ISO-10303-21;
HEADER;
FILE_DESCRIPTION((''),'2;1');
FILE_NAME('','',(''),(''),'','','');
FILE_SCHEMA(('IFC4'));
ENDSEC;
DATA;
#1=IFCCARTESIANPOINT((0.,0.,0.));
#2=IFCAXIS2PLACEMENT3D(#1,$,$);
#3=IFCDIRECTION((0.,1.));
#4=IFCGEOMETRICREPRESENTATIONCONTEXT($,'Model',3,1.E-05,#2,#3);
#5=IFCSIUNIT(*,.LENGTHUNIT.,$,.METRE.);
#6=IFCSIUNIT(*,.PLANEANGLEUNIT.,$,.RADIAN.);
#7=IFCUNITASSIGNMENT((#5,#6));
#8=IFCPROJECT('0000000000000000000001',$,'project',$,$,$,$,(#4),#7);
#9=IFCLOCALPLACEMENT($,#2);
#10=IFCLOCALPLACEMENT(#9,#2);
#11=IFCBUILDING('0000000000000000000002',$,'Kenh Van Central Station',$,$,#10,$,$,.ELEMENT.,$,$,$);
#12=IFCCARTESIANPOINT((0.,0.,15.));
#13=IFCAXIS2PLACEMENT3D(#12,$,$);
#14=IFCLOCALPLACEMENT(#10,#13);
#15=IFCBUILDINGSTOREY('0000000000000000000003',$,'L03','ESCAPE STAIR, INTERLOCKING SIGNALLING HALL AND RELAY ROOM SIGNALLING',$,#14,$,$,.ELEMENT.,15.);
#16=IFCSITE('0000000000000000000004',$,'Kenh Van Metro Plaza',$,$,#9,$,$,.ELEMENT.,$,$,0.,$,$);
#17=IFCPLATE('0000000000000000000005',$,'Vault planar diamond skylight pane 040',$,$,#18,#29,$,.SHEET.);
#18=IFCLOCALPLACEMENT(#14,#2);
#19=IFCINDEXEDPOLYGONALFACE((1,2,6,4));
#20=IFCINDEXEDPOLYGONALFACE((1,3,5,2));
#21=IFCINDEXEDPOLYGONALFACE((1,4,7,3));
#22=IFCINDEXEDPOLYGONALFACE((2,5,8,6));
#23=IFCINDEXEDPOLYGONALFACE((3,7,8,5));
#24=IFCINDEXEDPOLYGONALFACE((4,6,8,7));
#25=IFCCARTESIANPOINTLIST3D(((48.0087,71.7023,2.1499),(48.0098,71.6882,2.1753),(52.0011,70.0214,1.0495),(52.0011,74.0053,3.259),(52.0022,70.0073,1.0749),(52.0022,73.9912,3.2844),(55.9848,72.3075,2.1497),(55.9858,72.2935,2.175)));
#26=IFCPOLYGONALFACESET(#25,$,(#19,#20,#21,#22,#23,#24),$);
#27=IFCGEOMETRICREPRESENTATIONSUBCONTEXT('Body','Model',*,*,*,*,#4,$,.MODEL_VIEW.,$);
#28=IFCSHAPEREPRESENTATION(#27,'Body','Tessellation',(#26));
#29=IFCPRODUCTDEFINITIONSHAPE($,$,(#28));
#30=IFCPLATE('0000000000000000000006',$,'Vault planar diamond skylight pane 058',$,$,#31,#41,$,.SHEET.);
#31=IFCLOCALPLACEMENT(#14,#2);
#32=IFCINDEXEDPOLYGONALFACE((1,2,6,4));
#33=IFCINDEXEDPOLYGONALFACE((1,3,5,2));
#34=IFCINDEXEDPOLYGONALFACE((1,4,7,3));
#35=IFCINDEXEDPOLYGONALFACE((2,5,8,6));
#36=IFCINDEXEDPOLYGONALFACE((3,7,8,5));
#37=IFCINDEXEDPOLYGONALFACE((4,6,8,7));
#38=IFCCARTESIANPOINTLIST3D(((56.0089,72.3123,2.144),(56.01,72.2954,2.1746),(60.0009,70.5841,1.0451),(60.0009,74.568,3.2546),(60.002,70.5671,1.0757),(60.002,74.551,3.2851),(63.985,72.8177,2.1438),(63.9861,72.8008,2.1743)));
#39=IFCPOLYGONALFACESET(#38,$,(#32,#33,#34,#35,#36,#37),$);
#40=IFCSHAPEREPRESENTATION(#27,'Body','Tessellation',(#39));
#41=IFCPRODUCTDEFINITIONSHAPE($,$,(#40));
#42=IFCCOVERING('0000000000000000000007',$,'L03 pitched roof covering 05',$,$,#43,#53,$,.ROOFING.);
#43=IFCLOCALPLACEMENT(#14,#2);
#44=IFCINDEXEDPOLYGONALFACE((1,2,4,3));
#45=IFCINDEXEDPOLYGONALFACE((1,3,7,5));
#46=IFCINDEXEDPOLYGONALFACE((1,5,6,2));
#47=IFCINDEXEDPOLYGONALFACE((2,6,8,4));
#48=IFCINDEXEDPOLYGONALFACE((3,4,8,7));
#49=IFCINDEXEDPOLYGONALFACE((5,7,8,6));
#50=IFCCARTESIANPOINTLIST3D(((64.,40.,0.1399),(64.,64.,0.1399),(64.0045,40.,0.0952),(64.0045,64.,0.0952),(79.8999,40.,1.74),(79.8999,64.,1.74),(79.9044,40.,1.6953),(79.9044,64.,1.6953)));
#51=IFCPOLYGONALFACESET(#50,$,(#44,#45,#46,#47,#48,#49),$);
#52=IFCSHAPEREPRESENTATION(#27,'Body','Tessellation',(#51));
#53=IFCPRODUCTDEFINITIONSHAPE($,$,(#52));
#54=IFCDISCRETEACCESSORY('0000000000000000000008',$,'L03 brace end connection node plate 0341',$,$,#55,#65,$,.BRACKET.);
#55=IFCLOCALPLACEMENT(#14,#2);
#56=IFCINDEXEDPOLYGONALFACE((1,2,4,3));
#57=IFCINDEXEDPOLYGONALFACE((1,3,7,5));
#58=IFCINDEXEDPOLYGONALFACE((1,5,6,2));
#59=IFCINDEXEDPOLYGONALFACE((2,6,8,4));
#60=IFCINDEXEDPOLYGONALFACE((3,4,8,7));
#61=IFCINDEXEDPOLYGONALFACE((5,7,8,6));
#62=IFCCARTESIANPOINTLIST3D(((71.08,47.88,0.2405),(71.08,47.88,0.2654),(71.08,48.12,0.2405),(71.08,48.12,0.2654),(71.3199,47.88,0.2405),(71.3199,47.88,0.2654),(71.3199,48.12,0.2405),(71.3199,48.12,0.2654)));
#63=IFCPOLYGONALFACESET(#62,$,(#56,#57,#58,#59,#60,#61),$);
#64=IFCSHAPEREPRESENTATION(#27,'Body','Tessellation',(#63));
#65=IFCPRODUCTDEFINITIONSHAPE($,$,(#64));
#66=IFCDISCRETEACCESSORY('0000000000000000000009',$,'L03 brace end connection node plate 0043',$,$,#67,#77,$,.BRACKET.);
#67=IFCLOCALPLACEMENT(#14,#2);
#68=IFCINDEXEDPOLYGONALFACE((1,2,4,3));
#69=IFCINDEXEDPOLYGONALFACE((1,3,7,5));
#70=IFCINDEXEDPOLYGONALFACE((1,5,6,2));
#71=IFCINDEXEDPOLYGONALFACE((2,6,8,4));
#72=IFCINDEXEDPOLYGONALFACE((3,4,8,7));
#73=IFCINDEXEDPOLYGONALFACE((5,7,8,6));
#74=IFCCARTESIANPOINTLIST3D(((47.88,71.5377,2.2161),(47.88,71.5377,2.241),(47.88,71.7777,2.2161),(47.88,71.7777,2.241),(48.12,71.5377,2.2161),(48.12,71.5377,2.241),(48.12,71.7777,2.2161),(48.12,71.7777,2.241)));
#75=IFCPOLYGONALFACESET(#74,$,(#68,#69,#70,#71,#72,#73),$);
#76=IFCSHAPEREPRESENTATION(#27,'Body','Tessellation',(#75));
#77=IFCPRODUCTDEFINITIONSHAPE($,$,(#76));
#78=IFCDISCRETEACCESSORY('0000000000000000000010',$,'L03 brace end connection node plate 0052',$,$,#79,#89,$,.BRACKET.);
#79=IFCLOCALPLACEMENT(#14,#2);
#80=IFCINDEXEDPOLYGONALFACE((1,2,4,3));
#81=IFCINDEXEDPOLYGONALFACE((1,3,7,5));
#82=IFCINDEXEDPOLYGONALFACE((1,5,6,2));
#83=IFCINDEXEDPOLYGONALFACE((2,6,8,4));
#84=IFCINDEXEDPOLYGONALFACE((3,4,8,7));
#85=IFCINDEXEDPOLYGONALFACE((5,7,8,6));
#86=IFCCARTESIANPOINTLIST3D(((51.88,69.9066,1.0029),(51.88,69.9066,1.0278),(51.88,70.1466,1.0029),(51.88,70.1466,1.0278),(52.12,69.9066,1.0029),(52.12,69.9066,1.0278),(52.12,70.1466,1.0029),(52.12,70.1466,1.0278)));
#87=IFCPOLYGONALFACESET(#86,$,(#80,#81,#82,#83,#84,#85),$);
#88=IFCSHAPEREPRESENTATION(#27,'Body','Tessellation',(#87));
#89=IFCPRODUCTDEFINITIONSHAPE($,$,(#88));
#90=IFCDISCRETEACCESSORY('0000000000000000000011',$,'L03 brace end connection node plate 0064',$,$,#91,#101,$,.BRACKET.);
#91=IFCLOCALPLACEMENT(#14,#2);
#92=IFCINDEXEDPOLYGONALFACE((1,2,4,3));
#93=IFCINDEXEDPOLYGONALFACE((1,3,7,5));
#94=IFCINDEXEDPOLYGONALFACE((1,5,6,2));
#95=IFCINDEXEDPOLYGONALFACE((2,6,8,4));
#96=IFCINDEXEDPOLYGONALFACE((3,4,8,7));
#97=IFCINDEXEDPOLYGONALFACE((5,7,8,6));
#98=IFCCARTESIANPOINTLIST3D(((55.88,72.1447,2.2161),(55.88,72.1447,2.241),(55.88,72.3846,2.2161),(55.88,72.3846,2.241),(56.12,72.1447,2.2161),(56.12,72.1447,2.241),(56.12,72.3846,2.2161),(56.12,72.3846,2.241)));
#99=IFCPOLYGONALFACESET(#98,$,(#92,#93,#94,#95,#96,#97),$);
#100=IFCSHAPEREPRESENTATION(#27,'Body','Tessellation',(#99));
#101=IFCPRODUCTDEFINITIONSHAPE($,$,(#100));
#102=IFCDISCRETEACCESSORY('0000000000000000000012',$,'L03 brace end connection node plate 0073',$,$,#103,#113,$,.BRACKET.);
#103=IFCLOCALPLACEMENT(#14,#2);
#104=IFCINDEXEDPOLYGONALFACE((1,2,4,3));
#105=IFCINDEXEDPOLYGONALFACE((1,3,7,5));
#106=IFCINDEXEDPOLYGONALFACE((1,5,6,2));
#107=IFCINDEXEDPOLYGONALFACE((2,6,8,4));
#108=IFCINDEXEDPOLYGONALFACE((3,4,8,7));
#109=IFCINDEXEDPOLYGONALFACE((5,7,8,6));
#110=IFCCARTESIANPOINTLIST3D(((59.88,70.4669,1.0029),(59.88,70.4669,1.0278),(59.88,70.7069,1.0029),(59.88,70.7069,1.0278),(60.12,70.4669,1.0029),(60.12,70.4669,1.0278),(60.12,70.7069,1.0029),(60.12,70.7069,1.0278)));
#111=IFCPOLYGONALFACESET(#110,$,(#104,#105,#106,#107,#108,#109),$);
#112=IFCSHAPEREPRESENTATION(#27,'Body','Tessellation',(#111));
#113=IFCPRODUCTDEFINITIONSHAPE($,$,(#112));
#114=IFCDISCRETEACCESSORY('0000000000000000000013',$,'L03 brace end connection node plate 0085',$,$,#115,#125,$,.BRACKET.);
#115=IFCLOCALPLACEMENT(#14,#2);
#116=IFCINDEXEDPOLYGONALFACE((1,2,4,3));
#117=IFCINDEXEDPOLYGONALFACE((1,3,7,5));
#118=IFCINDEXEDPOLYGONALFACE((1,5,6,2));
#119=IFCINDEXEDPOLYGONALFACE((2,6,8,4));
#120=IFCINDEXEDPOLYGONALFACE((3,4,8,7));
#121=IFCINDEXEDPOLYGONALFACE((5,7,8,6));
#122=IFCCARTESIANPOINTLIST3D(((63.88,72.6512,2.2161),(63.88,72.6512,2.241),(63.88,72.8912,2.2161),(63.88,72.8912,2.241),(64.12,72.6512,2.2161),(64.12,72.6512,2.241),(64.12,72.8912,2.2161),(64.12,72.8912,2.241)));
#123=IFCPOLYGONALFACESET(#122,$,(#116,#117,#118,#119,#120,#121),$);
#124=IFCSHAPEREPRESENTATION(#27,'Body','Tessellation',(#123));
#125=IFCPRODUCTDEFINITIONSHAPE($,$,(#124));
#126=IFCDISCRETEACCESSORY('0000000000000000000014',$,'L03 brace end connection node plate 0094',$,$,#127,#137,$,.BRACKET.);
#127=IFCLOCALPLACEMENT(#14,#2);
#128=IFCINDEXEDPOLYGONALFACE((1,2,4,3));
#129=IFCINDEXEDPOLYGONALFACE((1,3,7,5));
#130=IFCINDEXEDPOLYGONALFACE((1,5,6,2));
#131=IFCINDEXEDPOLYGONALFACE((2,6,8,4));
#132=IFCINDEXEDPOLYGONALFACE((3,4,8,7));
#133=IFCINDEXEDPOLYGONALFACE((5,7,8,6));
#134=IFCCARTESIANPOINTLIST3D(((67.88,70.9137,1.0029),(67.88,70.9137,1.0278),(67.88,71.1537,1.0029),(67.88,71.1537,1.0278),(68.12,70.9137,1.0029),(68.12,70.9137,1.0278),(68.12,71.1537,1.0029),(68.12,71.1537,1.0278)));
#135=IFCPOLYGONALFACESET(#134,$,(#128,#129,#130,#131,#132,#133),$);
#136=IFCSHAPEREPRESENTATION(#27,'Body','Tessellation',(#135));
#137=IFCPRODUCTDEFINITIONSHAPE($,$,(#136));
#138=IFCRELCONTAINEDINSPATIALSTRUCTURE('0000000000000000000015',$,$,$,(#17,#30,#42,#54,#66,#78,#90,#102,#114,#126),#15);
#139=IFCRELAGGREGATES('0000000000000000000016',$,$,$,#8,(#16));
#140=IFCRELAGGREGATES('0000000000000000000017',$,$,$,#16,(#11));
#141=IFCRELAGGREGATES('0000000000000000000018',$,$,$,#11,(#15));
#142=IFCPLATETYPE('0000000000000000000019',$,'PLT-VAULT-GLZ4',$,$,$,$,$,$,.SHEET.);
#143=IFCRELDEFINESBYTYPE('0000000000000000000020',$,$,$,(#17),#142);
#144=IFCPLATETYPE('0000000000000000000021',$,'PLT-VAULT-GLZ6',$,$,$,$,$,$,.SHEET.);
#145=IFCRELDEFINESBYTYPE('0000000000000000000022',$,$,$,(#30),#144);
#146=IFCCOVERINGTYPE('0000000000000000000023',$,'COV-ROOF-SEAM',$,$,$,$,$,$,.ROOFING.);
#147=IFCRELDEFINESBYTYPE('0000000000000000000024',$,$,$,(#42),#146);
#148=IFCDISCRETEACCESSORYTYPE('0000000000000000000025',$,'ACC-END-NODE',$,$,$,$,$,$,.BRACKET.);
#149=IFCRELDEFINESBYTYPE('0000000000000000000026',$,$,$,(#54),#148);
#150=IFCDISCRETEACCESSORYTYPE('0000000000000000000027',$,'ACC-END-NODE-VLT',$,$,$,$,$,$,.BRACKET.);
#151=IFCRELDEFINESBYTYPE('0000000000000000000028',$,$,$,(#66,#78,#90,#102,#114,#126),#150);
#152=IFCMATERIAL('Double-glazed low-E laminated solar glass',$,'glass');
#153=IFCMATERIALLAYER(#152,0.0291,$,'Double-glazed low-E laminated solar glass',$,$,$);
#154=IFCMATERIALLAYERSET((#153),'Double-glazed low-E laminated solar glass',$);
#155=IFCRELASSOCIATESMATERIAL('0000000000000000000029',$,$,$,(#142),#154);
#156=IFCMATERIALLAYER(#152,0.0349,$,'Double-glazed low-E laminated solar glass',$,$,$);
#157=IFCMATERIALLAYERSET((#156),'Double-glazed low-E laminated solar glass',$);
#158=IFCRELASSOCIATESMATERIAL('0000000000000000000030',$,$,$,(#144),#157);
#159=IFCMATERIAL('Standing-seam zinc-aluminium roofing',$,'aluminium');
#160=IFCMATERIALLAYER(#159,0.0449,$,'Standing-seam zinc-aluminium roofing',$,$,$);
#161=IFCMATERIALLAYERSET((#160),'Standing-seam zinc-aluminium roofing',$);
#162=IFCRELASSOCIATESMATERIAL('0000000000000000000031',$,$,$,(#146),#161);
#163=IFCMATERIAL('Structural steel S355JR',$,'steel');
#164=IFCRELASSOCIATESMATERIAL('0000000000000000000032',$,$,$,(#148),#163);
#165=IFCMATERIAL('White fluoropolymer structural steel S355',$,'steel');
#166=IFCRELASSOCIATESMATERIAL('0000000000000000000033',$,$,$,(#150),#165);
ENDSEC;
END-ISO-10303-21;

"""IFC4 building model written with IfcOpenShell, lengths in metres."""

from ifc_helpers import new_model, si_unit, direction, frame, origin, origin_2d, place, context, subcontext, project, spatial, polyline, rectangle, outline, extrude, material, layer, layer_set, type_object, element, save


model = new_model("IFC4")

# Units and contexts
model_context = context("Model", 3, precision=1e-05, world=origin(), true_north=direction((0.0, 1.0)))
body_context = subcontext(model_context, "Body", "Model", "MODEL_VIEW")
ifc_project = project(units=[si_unit("LENGTHUNIT", "METRE"), si_unit("PLANEANGLEUNIT", "RADIAN")], contexts=[model_context])

# Site, building, storey
site_placement = place(None, origin())
site = spatial("IfcSite", under=ifc_project, at=site_placement, Name="Kenh Van Metro Plaza", CompositionType="ELEMENT", RefElevation=0.0)
building_placement = place(site_placement, origin())
building = spatial("IfcBuilding", under=site, at=building_placement, Name="Kenh Van Central Station", CompositionType="ELEMENT")
storey_placement = place(building_placement, frame((0.0, 0.0, 15.0)))
storey = spatial("IfcBuildingStorey", under=building, at=storey_placement, Name="L03", Description="ESCAPE STAIR, INTERLOCKING SIGNALLING HALL AND RELAY ROOM SIGNALLING", CompositionType="ELEMENT", Elevation=15.0)

# Shared definitions
ifc_material_1 = material(Name="White fluoropolymer structural steel S355", Category="steel")

# Plates
ifc_material_2 = material(Name="Double-glazed low-E laminated solar glass", Category="glass")
ifc_layer_1 = layer(ifc_material_2, 0.0291, Name="Double-glazed low-E laminated solar glass")
ifc_layer_set_1 = layer_set([ifc_layer_1], Name="Double-glazed low-E laminated solar glass")
plate_type_1 = type_object("IfcPlateType", Name="PLT-VAULT-GLZ4", PredefinedType="SHEET", material=ifc_layer_set_1)
plate_1_placement = place(storey_placement, frame((48.0098, 71.6882, 2.1753), z_axis=(0.036804, -0.484677, 0.873918), x_axis=(0.893277, -0.376088, -0.246199)))
element("IfcPlate", 1, at=plate_1_placement, inside=storey, type_object=plate_type_1, Name="Vault planar diamond skylight pane 040", PredefinedType="SHEET", context=body_context, shape_type="SweptSolid", body=[
    extrude(outline(polyline([(0.0, 0.0), (4.4694, 0.0), (6.8973, 4.0511), (2.4272, 4.0721), (0.0, 0.0)])), origin(), (0.0, 0.0, -1.0), 0.0291),
])
ifc_layer_2 = layer(ifc_material_2, 0.0349, Name="Double-glazed low-E laminated solar glass")
ifc_layer_set_2 = layer_set([ifc_layer_2], Name="Double-glazed low-E laminated solar glass")
plate_type_2 = type_object("IfcPlateType", Name="PLT-VAULT-GLZ6", PredefinedType="SHEET", material=ifc_layer_set_2)
plate_2_placement = place(storey_placement, frame((56.01, 72.2954, 2.1746), z_axis=(0.030743, -0.484777, 0.874098), x_axis=(0.889737, -0.3852, -0.244926)))
element("IfcPlate", 2, at=plate_2_placement, inside=storey, type_object=plate_type_2, Name="Vault planar diamond skylight pane 058", PredefinedType="SHEET", context=body_context, shape_type="SweptSolid", body=[
    extrude(outline(polyline([(0.0, 0.0), (4.4867, 0.0), (6.902, 4.0293), (2.4109, 4.0552), (0.0, 0.0)])), origin(), (0.0, 0.0, -1.0), 0.0349),
])

# Covering
ifc_material_3 = material(Name="Standing-seam zinc-aluminium roofing", Category="aluminium")
ifc_layer_3 = layer(ifc_material_3, 0.0449, Name="Standing-seam zinc-aluminium roofing")
ifc_layer_set_3 = layer_set([ifc_layer_3], Name="Standing-seam zinc-aluminium roofing")
covering_type = type_object("IfcCoveringType", Name="COV-ROOF-SEAM", PredefinedType="ROOFING", material=ifc_layer_set_3)
covering_placement = place(storey_placement, frame((64.0, 40.0, 0.1399), z_axis=(-0.10013, 0.0, 0.994974), x_axis=(0.994974, 0.0, 0.10013)))
element("IfcCovering", 3, at=covering_placement, inside=storey, type_object=covering_type, Name="L03 pitched roof covering 05", PredefinedType="ROOFING", context=body_context, shape_type="SweptSolid", body=[
    extrude(outline(polyline([(0.0, 0.0), (15.9802, 0.0), (15.9802, 24.0), (0.0, 24.0), (0.0, 0.0)])), origin(), (0.0, 0.0, -1.0), 0.0449),
])

# Discrete accessories
ifc_material_4 = material(Name="Structural steel S355JR", Category="steel")
discrete_accessory_type_1 = type_object("IfcDiscreteAccessoryType", Name="ACC-END-NODE", PredefinedType="BRACKET", material=ifc_material_4)
discrete_accessory_placement = place(storey_placement, frame((71.2, 48.0, 0.2405), z_axis=(0.0, 0.0, 1.0), x_axis=(1.0, 0.0, 0.0)))
element("IfcDiscreteAccessory", 4, at=discrete_accessory_placement, inside=storey, type_object=discrete_accessory_type_1, Name="L03 brace end connection node plate 0341", PredefinedType="BRACKET", context=body_context, shape_type="SweptSolid", body=[
    extrude(rectangle(XDim=0.24, YDim=0.24, at=origin_2d()), origin(), (0.0, 0.0, 1.0), 0.0249),
])
discrete_accessory_type_2 = type_object("IfcDiscreteAccessoryType", Name="ACC-END-NODE-VLT", PredefinedType="BRACKET", material=ifc_material_1)
for number, where, z_axis, x_axis, name in (
    (5, (48.0, 71.6577, 2.2161), (0.0, 0.0, 1.0), (1.0, 0.0, 0.0), "L03 brace end connection node plate 0043"),
    (6, (52.0, 70.0266, 1.0029), (0.0, 0.0, 1.0), (1.0, 0.0, 0.0), "L03 brace end connection node plate 0052"),
    (7, (56.0, 72.2646, 2.2161), (0.0, 0.0, 1.0), (1.0, 0.0, 0.0), "L03 brace end connection node plate 0064"),
    (8, (60.0, 70.5869, 1.0029), (0.0, 0.0, 1.0), (1.0, 0.0, 0.0), "L03 brace end connection node plate 0073"),
    (9, (64.0, 72.7712, 2.2161), (0.0, 0.0, 1.0), (1.0, 0.0, 0.0), "L03 brace end connection node plate 0085"),
    (10, (68.0, 71.0337, 1.0029), (0.0, 0.0, 1.0), (1.0, 0.0, 0.0), "L03 brace end connection node plate 0094"),
):
    element("IfcDiscreteAccessory", number, at=place(storey_placement, frame(where, z_axis=z_axis, x_axis=x_axis)), inside=storey, type_object=discrete_accessory_type_2, Name=name, PredefinedType="BRACKET", context=body_context, shape_type="SweptSolid", body=[
        extrude(rectangle(XDim=0.24, YDim=0.24, at=origin_2d()), origin(), (0.0, 0.0, 1.0), 0.0249),
    ])

save(model, "model.ifc")
